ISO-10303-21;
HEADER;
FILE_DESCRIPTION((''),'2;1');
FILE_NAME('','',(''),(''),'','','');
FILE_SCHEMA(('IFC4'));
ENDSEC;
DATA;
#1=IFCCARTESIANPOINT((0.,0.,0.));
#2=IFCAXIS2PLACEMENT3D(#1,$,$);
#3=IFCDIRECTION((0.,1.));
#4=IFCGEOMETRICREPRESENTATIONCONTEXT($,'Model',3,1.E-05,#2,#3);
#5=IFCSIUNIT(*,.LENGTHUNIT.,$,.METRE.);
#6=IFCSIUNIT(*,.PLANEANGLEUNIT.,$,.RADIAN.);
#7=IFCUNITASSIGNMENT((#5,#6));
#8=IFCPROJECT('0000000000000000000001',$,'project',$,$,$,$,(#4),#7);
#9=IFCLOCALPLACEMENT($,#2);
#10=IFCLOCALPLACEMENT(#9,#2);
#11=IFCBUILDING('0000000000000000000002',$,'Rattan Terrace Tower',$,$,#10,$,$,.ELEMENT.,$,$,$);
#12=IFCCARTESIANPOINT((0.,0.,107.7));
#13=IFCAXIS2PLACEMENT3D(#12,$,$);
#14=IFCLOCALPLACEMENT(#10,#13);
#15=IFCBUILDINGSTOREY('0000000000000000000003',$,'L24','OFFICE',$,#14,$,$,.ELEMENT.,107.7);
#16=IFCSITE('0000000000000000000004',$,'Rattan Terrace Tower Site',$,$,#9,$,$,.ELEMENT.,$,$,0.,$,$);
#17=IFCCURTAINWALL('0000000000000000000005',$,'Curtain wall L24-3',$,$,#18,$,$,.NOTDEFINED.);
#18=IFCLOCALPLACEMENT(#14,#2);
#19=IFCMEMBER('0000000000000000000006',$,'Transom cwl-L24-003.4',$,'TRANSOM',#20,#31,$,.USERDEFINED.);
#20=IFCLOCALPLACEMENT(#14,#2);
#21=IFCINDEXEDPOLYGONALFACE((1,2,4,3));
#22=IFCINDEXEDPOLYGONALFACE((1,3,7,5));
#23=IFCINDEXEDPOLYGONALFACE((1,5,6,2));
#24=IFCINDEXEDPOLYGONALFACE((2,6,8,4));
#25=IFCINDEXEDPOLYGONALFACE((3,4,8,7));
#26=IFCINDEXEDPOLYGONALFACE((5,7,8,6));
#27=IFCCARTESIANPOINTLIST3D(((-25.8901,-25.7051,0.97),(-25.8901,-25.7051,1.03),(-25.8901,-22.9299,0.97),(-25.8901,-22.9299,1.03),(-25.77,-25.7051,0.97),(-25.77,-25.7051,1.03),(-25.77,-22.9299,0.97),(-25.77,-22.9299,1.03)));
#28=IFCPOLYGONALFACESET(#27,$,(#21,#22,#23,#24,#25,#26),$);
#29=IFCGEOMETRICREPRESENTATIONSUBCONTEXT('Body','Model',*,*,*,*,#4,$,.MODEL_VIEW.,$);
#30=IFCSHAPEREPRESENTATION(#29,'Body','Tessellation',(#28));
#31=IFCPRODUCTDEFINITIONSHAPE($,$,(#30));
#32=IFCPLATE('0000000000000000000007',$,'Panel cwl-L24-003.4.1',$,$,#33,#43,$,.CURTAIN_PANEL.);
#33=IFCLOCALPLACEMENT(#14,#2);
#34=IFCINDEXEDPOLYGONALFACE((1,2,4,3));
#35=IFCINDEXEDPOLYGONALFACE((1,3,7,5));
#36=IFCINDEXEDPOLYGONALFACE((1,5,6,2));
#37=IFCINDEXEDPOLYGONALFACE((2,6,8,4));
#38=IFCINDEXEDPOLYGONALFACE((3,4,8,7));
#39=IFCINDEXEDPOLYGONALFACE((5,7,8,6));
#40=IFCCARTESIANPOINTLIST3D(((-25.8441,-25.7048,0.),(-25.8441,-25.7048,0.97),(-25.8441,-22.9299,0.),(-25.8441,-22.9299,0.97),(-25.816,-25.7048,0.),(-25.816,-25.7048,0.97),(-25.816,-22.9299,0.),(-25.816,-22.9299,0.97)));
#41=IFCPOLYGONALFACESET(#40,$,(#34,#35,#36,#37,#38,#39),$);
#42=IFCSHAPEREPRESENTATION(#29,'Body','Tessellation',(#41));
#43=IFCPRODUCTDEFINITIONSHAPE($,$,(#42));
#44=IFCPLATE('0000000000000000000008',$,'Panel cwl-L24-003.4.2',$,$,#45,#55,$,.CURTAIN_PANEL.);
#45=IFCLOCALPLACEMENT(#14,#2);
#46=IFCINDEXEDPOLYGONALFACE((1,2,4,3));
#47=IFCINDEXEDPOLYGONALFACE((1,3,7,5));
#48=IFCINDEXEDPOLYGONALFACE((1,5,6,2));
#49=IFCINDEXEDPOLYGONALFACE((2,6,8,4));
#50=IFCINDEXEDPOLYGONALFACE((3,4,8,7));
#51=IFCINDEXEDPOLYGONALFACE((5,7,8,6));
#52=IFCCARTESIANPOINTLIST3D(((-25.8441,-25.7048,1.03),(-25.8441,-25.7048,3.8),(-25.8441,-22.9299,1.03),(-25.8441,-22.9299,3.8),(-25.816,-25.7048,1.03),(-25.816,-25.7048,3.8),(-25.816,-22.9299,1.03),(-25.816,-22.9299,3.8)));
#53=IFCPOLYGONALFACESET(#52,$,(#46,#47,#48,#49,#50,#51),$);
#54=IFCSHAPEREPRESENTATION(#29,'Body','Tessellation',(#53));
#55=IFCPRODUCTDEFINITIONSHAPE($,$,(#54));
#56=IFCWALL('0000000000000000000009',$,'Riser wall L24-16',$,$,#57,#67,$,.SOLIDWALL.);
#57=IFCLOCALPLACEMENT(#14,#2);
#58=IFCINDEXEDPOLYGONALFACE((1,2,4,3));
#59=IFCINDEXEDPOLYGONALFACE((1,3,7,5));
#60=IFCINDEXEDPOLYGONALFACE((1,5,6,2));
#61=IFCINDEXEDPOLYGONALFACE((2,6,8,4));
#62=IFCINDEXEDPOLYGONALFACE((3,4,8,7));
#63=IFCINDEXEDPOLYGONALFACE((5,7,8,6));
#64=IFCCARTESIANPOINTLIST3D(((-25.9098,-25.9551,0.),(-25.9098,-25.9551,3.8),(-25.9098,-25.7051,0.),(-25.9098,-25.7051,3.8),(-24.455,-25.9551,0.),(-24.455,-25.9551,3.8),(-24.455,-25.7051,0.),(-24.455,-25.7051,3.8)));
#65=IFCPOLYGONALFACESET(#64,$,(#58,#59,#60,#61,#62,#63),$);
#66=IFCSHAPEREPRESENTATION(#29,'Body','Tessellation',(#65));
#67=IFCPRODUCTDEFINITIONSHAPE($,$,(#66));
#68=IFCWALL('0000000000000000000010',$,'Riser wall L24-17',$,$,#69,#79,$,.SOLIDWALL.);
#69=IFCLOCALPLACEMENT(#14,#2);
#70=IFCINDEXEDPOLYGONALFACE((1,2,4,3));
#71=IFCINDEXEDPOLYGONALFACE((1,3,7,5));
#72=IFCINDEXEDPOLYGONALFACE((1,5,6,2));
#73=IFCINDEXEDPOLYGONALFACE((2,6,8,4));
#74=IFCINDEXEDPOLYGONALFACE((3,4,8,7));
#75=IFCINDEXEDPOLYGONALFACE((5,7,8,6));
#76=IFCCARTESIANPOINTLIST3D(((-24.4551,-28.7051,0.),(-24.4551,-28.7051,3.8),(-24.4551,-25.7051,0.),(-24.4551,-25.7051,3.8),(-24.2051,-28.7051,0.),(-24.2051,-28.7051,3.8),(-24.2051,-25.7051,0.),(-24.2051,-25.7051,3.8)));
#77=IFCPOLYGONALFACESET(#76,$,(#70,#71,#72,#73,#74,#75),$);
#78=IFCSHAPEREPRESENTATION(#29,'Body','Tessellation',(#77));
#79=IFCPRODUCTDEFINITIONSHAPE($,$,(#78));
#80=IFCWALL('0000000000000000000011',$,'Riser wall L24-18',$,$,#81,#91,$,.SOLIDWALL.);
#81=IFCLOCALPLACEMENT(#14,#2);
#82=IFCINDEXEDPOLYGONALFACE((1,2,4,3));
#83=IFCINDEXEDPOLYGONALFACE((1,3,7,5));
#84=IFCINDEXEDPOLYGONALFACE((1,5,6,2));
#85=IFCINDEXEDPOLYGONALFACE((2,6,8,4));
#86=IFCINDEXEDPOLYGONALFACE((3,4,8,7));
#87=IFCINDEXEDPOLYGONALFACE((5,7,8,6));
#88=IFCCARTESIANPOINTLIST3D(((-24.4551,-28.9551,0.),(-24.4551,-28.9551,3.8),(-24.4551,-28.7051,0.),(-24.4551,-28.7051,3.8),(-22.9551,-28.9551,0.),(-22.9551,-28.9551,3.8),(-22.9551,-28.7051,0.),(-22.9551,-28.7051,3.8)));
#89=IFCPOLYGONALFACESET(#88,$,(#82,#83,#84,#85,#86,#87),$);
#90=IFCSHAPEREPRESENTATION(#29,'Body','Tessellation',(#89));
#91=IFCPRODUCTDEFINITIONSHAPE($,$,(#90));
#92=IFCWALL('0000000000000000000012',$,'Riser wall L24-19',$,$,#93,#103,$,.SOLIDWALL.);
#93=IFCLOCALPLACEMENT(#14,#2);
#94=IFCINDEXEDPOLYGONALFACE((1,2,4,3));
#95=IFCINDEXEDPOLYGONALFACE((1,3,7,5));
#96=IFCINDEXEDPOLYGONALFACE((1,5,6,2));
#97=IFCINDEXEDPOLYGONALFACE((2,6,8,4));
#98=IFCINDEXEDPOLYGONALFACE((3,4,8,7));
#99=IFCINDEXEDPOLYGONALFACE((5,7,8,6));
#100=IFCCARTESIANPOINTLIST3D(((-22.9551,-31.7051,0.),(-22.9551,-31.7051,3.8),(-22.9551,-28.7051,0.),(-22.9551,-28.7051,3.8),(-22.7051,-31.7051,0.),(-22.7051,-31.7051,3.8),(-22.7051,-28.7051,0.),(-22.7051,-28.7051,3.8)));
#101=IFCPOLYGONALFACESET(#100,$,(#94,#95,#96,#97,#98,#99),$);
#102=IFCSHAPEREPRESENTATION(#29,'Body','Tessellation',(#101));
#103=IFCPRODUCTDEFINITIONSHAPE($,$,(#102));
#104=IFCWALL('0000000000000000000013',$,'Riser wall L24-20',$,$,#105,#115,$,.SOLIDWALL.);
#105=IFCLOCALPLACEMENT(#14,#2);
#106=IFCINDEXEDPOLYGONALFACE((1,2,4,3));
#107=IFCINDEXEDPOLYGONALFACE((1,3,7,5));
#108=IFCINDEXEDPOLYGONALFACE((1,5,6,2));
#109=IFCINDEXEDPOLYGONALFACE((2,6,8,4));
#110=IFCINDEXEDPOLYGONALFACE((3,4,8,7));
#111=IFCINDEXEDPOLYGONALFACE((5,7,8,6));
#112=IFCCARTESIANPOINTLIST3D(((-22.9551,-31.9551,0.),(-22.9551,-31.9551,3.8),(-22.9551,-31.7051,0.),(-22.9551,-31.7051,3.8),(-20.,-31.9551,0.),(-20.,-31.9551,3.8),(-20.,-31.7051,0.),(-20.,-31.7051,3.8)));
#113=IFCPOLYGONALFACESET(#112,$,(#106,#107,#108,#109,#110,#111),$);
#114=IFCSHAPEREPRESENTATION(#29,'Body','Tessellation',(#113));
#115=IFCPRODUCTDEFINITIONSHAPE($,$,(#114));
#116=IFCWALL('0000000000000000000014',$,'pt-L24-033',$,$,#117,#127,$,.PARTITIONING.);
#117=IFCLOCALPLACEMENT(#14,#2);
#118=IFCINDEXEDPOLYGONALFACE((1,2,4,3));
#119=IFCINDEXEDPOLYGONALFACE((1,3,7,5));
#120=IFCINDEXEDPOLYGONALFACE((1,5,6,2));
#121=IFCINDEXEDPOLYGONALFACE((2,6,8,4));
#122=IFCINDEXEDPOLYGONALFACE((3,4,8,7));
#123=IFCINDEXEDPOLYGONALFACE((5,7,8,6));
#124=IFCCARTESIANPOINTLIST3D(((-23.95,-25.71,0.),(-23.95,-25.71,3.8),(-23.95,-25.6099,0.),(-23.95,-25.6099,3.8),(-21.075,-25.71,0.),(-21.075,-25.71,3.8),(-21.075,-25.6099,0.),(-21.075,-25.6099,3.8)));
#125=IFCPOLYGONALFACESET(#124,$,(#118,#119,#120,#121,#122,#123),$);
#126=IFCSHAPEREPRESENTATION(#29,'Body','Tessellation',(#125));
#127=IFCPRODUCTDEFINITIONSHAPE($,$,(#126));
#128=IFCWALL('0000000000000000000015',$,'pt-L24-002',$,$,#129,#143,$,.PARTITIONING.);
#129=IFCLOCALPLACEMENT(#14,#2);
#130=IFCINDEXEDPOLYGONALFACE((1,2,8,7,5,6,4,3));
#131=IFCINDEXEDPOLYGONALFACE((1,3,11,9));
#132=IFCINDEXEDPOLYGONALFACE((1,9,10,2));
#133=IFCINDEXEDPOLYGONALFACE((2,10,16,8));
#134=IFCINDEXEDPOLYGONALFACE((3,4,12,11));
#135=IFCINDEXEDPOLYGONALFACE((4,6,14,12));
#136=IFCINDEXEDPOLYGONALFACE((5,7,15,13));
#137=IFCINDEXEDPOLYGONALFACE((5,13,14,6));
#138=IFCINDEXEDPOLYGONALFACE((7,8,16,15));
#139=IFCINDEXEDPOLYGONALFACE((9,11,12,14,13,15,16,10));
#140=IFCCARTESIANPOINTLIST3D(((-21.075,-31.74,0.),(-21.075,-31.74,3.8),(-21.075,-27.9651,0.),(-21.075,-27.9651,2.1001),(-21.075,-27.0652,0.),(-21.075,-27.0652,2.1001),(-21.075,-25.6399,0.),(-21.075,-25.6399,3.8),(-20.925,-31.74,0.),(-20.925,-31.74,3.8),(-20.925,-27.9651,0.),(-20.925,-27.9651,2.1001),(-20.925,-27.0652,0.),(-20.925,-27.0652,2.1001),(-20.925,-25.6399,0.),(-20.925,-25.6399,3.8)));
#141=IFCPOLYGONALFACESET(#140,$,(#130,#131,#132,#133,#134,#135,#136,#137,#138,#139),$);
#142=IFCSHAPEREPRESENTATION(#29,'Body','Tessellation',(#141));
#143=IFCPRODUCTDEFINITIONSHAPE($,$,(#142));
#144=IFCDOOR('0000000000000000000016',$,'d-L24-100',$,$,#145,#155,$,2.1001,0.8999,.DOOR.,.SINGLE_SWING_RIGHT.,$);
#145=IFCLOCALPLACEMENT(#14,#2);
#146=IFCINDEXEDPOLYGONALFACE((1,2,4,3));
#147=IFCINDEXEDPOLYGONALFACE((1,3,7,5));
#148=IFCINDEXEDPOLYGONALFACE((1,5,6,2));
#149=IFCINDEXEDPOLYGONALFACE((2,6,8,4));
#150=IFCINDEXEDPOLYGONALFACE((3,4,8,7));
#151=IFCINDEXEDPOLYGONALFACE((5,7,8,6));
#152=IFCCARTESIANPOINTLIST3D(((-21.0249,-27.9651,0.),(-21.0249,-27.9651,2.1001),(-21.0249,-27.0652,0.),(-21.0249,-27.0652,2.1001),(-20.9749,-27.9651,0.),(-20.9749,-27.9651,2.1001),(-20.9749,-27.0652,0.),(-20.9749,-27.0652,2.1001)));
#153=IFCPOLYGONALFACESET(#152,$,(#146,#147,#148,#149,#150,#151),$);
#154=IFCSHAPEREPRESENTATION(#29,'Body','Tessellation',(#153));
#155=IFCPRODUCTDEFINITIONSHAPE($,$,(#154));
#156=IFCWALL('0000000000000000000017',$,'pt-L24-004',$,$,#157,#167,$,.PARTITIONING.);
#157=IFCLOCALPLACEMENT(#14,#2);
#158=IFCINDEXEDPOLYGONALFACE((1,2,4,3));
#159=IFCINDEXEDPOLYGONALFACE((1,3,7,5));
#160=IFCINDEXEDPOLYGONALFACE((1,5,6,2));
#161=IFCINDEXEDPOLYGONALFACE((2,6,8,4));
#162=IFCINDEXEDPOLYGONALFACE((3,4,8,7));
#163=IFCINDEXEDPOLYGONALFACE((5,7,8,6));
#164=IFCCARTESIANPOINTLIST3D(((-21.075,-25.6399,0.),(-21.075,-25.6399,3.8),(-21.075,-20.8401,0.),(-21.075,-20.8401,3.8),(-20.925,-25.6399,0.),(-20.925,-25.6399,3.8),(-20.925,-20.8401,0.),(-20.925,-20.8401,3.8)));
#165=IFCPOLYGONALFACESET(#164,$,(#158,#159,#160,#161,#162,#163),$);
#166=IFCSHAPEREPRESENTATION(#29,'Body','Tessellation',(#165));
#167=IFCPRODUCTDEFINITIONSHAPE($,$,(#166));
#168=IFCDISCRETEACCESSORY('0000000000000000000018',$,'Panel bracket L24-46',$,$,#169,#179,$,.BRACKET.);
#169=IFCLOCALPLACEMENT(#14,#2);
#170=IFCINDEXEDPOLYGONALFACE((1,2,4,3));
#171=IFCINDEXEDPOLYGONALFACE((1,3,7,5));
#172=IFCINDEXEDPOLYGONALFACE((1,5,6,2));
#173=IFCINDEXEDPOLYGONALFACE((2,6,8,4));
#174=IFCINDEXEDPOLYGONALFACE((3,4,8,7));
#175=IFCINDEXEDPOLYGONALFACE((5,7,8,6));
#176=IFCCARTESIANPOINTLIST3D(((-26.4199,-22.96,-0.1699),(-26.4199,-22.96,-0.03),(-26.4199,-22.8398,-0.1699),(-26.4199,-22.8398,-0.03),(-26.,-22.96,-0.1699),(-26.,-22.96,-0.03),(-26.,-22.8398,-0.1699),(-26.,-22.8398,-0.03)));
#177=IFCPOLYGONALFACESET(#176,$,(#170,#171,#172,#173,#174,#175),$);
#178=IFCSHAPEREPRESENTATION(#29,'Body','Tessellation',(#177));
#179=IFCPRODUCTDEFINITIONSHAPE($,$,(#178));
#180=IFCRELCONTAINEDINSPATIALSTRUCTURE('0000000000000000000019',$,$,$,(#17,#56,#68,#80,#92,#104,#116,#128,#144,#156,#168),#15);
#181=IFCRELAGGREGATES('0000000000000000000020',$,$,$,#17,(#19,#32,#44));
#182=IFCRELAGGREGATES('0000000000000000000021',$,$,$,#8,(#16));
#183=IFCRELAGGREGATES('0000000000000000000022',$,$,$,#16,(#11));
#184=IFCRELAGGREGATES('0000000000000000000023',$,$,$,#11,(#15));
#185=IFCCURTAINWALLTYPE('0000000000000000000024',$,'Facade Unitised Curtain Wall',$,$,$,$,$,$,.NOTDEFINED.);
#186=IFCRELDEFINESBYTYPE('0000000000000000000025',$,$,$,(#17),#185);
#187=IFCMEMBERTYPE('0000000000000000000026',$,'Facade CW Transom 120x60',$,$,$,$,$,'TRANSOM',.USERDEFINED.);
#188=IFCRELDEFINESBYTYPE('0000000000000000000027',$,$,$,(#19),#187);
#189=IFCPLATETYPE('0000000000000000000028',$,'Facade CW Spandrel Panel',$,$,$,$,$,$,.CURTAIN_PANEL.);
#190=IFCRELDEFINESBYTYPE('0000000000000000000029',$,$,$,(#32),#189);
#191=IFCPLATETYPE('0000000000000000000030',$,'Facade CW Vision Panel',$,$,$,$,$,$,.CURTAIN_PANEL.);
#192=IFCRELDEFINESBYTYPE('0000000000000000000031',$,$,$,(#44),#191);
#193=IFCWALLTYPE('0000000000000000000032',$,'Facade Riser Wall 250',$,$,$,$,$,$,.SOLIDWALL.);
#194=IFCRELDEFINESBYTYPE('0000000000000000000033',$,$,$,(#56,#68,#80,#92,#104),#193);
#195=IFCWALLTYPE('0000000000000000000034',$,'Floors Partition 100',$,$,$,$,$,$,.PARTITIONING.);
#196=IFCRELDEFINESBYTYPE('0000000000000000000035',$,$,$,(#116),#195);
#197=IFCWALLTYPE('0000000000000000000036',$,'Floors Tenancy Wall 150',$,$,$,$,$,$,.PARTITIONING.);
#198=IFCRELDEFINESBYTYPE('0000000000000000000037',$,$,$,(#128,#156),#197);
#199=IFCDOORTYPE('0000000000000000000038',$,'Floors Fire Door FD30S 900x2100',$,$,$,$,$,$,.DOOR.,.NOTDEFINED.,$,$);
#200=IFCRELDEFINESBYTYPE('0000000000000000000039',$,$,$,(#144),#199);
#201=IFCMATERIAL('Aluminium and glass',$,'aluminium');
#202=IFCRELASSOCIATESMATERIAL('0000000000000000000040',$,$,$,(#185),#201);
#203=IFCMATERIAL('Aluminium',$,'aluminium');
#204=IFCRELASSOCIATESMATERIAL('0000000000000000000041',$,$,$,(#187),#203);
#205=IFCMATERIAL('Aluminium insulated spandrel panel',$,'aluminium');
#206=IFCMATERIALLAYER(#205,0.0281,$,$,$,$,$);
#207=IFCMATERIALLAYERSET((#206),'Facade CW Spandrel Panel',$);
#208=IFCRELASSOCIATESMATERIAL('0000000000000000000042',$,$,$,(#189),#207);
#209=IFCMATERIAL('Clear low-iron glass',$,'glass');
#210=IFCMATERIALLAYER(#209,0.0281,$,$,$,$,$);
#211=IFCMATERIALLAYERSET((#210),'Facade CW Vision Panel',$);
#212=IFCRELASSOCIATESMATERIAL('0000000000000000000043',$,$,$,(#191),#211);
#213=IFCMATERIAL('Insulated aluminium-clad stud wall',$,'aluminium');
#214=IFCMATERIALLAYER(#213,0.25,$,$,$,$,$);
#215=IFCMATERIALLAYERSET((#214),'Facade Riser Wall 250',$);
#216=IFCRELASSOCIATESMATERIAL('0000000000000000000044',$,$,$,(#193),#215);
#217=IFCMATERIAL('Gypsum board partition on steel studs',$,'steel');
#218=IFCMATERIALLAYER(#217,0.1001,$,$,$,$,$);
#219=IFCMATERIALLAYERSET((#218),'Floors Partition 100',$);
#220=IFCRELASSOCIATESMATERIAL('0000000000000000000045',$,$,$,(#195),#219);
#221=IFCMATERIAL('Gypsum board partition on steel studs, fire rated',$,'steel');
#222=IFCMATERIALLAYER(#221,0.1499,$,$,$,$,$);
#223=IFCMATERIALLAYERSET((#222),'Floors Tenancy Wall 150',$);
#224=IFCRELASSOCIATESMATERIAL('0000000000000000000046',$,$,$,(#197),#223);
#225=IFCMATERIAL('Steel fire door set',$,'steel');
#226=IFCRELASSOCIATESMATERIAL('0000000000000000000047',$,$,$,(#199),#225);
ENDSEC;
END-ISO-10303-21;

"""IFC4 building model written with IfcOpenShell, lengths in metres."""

from ifc_helpers import new_model, si_unit, direction, frame, frame_2d, origin, origin_2d, place, context, subcontext, project, spatial, rectangle, extrude, material, layer, layer_set, material_profile, profile_set, type_object, element, fill, aggregate, save


model = new_model("IFC4")

# Units and contexts
model_context = context("Model", 3, precision=1e-05, world=origin(), true_north=direction((0.0, 1.0)))
body_context = subcontext(model_context, "Body", "Model", "MODEL_VIEW")
ifc_project = project(units=[si_unit("LENGTHUNIT", "METRE"), si_unit("PLANEANGLEUNIT", "RADIAN")], contexts=[model_context])

# Site, building, storey
site_placement = place(None, origin())
site = spatial("IfcSite", under=ifc_project, at=site_placement, Name="Rattan Terrace Tower Site", CompositionType="ELEMENT", RefElevation=0.0)
building_placement = place(site_placement, origin())
building = spatial("IfcBuilding", under=site, at=building_placement, Name="Rattan Terrace Tower", CompositionType="ELEMENT")
storey_placement = place(building_placement, frame((0.0, 0.0, 107.7)))
storey = spatial("IfcBuildingStorey", under=building, at=storey_placement, Name="L24", Description="OFFICE", CompositionType="ELEMENT", Elevation=107.7)

# Curtain wall, member, plates
ifc_material_1 = material(Name="Aluminium and glass", Category="aluminium")
curtain_wall_type = type_object("IfcCurtainWallType", Name="Facade Unitised Curtain Wall", PredefinedType="NOTDEFINED", material=ifc_material_1)
curtain_wall_placement = place(storey_placement, origin())
curtain_wall = element("IfcCurtainWall", 1, at=curtain_wall_placement, inside=storey, type_object=curtain_wall_type, Name="Curtain wall L24-3", PredefinedType="NOTDEFINED")
ifc_material_2 = material(Name="Aluminium", Category="aluminium")
ifc_material_profile = material_profile(ifc_material_2, rectangle(XDim=0.1201, YDim=0.0601, at=origin_2d()), Name="Aluminium 120x60")
ifc_profile_set = profile_set([ifc_material_profile], Name="Aluminium")
member_type = type_object("IfcMemberType", Name="Facade CW Transom 120x60", ElementType="TRANSOM", PredefinedType="USERDEFINED", material=ifc_profile_set)
member_placement = place(storey_placement, frame((-25.8301, -22.9299, 1.0), z_axis=(0.0, -1.0, 0.0), x_axis=(1.0, 0.0, 0.0)))
member = element("IfcMember", 2, at=member_placement, type_object=member_type, Name="Transom cwl-L24-003.4", ObjectType="TRANSOM", PredefinedType="USERDEFINED", context=body_context, shape_type="SweptSolid", body=[
    extrude(rectangle(XDim=0.1201, YDim=0.0601, at=origin_2d()), origin(), (0.0, 0.0, 1.0), 2.7751),
])
ifc_material_3 = material(Name="Aluminium insulated spandrel panel", Category="aluminium")
ifc_layer_1 = layer(ifc_material_3, 0.0281)
ifc_layer_set_1 = layer_set([ifc_layer_1], Name="Facade CW Spandrel Panel")
plate_type_1 = type_object("IfcPlateType", Name="Facade CW Spandrel Panel", PredefinedType="CURTAIN_PANEL", material=ifc_layer_set_1)
plate_1_placement = place(storey_placement, frame((-25.8301, -24.3174, 0.0), z_axis=(0.0, 0.0, 1.0), x_axis=(0.0, -1.0, 0.0)))
plate_1 = element("IfcPlate", 3, at=plate_1_placement, type_object=plate_type_1, Name="Panel cwl-L24-003.4.1", PredefinedType="CURTAIN_PANEL", context=body_context, shape_type="SweptSolid", body=[
    extrude(rectangle(XDim=2.7749, YDim=0.0281, at=origin_2d()), origin(), (0.0, 0.0, 1.0), 0.97),
])
ifc_material_4 = material(Name="Clear low-iron glass", Category="glass")
ifc_layer_2 = layer(ifc_material_4, 0.0281)
ifc_layer_set_2 = layer_set([ifc_layer_2], Name="Facade CW Vision Panel")
plate_type_2 = type_object("IfcPlateType", Name="Facade CW Vision Panel", PredefinedType="CURTAIN_PANEL", material=ifc_layer_set_2)
plate_2_placement = place(storey_placement, frame((-25.8301, -24.3174, 1.03), z_axis=(0.0, 0.0, 1.0), x_axis=(0.0, -1.0, 0.0)))
plate_2 = element("IfcPlate", 4, at=plate_2_placement, type_object=plate_type_2, Name="Panel cwl-L24-003.4.2", PredefinedType="CURTAIN_PANEL", context=body_context, shape_type="SweptSolid", body=[
    extrude(rectangle(XDim=2.7749, YDim=0.0281, at=origin_2d()), origin(), (0.0, 0.0, 1.0), 2.77),
])
aggregate(curtain_wall, [member, plate_1, plate_2])

# Walls
ifc_material_5 = material(Name="Insulated aluminium-clad stud wall", Category="aluminium")
ifc_layer_3 = layer(ifc_material_5, 0.25)
ifc_layer_set_3 = layer_set([ifc_layer_3], Name="Facade Riser Wall 250")
wall_type_1 = type_object("IfcWallType", Name="Facade Riser Wall 250", PredefinedType="SOLIDWALL", material=ifc_layer_set_3)
wall_1_placement = place(storey_placement, frame((-25.9099, -25.8301, 0.0), z_axis=(0.0, 0.0, 1.0), x_axis=(1.0, 0.0, 0.0)))
element("IfcWall", 5, at=wall_1_placement, inside=storey, type_object=wall_type_1, Name="Riser wall L24-16", PredefinedType="SOLIDWALL", context=body_context, shape_type="SweptSolid", body=[
    extrude(rectangle(XDim=1.4548, YDim=0.25, at=frame_2d((0.7275, 0.0))), origin(), (0.0, 0.0, 1.0), 3.8),
])
wall_2_placement = place(storey_placement, frame((-24.3301, -25.7051, 0.0), z_axis=(0.0, 0.0, 1.0), x_axis=(0.0, -1.0, 0.0)))
element("IfcWall", 6, at=wall_2_placement, inside=storey, type_object=wall_type_1, Name="Riser wall L24-17", PredefinedType="SOLIDWALL", context=body_context, shape_type="SweptSolid", body=[
    extrude(rectangle(XDim=3.0, YDim=0.25, at=frame_2d((1.5, 0.0))), origin(), (0.0, 0.0, 1.0), 3.8),
])
wall_3_placement = place(storey_placement, frame((-24.4551, -28.8301, 0.0), z_axis=(0.0, 0.0, 1.0), x_axis=(1.0, 0.0, 0.0)))
element("IfcWall", 7, at=wall_3_placement, inside=storey, type_object=wall_type_1, Name="Riser wall L24-18", PredefinedType="SOLIDWALL", context=body_context, shape_type="SweptSolid", body=[
    extrude(rectangle(XDim=1.5, YDim=0.25, at=frame_2d((0.75, 0.0))), origin(), (0.0, 0.0, 1.0), 3.8),
])
wall_4_placement = place(storey_placement, frame((-22.8301, -28.7051, 0.0), z_axis=(0.0, 0.0, 1.0), x_axis=(0.0, -1.0, 0.0)))
element("IfcWall", 8, at=wall_4_placement, inside=storey, type_object=wall_type_1, Name="Riser wall L24-19", PredefinedType="SOLIDWALL", context=body_context, shape_type="SweptSolid", body=[
    extrude(rectangle(XDim=3.0, YDim=0.25, at=frame_2d((1.5, 0.0))), origin(), (0.0, 0.0, 1.0), 3.8),
])
wall_5_placement = place(storey_placement, frame((-22.9551, -31.8301, 0.0), z_axis=(0.0, 0.0, 1.0), x_axis=(1.0, 0.0, 0.0)))
element("IfcWall", 9, at=wall_5_placement, inside=storey, type_object=wall_type_1, Name="Riser wall L24-20", PredefinedType="SOLIDWALL", context=body_context, shape_type="SweptSolid", body=[
    extrude(rectangle(XDim=2.9551, YDim=0.25, at=frame_2d((1.4775, 0.0))), origin(), (0.0, 0.0, 1.0), 3.8),
])
ifc_material_6 = material(Name="Gypsum board partition on steel studs", Category="steel")
ifc_layer_4 = layer(ifc_material_6, 0.1001)
ifc_layer_set_4 = layer_set([ifc_layer_4], Name="Floors Partition 100")
wall_type_2 = type_object("IfcWallType", Name="Floors Partition 100", PredefinedType="PARTITIONING", material=ifc_layer_set_4)
wall_6_placement = place(storey_placement, frame((-23.95, -25.6599, 0.0), z_axis=(0.0, 0.0, 1.0), x_axis=(1.0, 0.0, 0.0)))
element("IfcWall", 10, at=wall_6_placement, inside=storey, type_object=wall_type_2, Name="pt-L24-033", PredefinedType="PARTITIONING", context=body_context, shape_type="SweptSolid", body=[
    extrude(rectangle(XDim=2.875, YDim=0.1001, at=frame_2d((1.4375, 0.0))), origin(), (0.0, 0.0, 1.0), 3.8),
])

# Wall, opening, door
ifc_material_7 = material(Name="Gypsum board partition on steel studs, fire rated", Category="steel")
ifc_layer_5 = layer(ifc_material_7, 0.1499)
ifc_layer_set_5 = layer_set([ifc_layer_5], Name="Floors Tenancy Wall 150")
wall_type_3 = type_object("IfcWallType", Name="Floors Tenancy Wall 150", PredefinedType="PARTITIONING", material=ifc_layer_set_5)
wall_7_placement = place(storey_placement, frame((-21.0, -31.74, 0.0), z_axis=(0.0, 0.0, 1.0), x_axis=(0.0, 1.0, 0.0)))
wall_7 = element("IfcWall", 11, at=wall_7_placement, inside=storey, type_object=wall_type_3, Name="pt-L24-002", PredefinedType="PARTITIONING", context=body_context, shape_type="SweptSolid", body=[
    extrude(rectangle(XDim=6.1001, YDim=0.1499, at=frame_2d((3.05, 0.0))), origin(), (0.0, 0.0, 1.0), 3.8),
])
opening_placement = place(wall_7_placement, frame((3.7749, 0.0, 0.0)))
opening = element("IfcOpeningElement", 12, at=opening_placement, cuts=wall_7, PredefinedType="OPENING", context=body_context, shape_type="SweptSolid", body=[
    extrude(rectangle(XDim=0.8999, YDim=2.1001, at=frame_2d((0.45, 1.05))), frame((0.0, 0.0854, 0.0), z_axis=(0.0, -1.0, 0.0), x_axis=(1.0, 0.0, 0.0)), (0.0, 0.0, 1.0), 0.1709),
])
ifc_material_8 = material(Name="Steel fire door set", Category="steel")
door_type = type_object("IfcDoorType", Name="Floors Fire Door FD30S 900x2100", OperationType="NOTDEFINED", PredefinedType="DOOR", material=ifc_material_8)
door_placement = place(opening_placement, origin())
door = element("IfcDoor", 13, at=door_placement, inside=storey, type_object=door_type, Name="d-L24-100", OperationType="SINGLE_SWING_RIGHT", OverallHeight=2.1001, OverallWidth=0.8999, PredefinedType="DOOR", context=body_context, shape_type="SweptSolid", body=[
    extrude(rectangle(XDim=0.8999, YDim=2.1001, at=frame_2d((0.45, 1.05))), frame((0.0, 0.0249, 0.0), z_axis=(0.0, -1.0, 0.0), x_axis=(1.0, 0.0, 0.0)), (0.0, 0.0, 1.0), 0.05),
])
fill(opening, door)

# Wall
wall_8_placement = place(storey_placement, frame((-21.0, -25.6399, 0.0), z_axis=(0.0, 0.0, 1.0), x_axis=(0.0, 1.0, 0.0)))
element("IfcWall", 14, at=wall_8_placement, inside=storey, type_object=wall_type_3, Name="pt-L24-004", PredefinedType="PARTITIONING", context=body_context, shape_type="SweptSolid", body=[
    extrude(rectangle(XDim=4.7998, YDim=0.1499, at=frame_2d((2.3999, 0.0))), origin(), (0.0, 0.0, 1.0), 3.8),
])

# Discrete accessory
for number, where, z_axis, x_axis, name in (
    (15, (-26.21, -22.8999, -0.1699), (0.0, 0.0, 1.0), (0.0, -1.0, 0.0), "Panel bracket L24-46"),
):
    element("IfcDiscreteAccessory", number, at=place(storey_placement, frame(where, z_axis=z_axis, x_axis=x_axis)), inside=storey, Name=name, PredefinedType="BRACKET", context=body_context, shape_type="SweptSolid", body=[
        extrude(rectangle(XDim=0.1201, YDim=0.4199, at=origin_2d()), origin(), (0.0, 0.0, 1.0), 0.1399),
    ])

save(model, "model.ifc")
